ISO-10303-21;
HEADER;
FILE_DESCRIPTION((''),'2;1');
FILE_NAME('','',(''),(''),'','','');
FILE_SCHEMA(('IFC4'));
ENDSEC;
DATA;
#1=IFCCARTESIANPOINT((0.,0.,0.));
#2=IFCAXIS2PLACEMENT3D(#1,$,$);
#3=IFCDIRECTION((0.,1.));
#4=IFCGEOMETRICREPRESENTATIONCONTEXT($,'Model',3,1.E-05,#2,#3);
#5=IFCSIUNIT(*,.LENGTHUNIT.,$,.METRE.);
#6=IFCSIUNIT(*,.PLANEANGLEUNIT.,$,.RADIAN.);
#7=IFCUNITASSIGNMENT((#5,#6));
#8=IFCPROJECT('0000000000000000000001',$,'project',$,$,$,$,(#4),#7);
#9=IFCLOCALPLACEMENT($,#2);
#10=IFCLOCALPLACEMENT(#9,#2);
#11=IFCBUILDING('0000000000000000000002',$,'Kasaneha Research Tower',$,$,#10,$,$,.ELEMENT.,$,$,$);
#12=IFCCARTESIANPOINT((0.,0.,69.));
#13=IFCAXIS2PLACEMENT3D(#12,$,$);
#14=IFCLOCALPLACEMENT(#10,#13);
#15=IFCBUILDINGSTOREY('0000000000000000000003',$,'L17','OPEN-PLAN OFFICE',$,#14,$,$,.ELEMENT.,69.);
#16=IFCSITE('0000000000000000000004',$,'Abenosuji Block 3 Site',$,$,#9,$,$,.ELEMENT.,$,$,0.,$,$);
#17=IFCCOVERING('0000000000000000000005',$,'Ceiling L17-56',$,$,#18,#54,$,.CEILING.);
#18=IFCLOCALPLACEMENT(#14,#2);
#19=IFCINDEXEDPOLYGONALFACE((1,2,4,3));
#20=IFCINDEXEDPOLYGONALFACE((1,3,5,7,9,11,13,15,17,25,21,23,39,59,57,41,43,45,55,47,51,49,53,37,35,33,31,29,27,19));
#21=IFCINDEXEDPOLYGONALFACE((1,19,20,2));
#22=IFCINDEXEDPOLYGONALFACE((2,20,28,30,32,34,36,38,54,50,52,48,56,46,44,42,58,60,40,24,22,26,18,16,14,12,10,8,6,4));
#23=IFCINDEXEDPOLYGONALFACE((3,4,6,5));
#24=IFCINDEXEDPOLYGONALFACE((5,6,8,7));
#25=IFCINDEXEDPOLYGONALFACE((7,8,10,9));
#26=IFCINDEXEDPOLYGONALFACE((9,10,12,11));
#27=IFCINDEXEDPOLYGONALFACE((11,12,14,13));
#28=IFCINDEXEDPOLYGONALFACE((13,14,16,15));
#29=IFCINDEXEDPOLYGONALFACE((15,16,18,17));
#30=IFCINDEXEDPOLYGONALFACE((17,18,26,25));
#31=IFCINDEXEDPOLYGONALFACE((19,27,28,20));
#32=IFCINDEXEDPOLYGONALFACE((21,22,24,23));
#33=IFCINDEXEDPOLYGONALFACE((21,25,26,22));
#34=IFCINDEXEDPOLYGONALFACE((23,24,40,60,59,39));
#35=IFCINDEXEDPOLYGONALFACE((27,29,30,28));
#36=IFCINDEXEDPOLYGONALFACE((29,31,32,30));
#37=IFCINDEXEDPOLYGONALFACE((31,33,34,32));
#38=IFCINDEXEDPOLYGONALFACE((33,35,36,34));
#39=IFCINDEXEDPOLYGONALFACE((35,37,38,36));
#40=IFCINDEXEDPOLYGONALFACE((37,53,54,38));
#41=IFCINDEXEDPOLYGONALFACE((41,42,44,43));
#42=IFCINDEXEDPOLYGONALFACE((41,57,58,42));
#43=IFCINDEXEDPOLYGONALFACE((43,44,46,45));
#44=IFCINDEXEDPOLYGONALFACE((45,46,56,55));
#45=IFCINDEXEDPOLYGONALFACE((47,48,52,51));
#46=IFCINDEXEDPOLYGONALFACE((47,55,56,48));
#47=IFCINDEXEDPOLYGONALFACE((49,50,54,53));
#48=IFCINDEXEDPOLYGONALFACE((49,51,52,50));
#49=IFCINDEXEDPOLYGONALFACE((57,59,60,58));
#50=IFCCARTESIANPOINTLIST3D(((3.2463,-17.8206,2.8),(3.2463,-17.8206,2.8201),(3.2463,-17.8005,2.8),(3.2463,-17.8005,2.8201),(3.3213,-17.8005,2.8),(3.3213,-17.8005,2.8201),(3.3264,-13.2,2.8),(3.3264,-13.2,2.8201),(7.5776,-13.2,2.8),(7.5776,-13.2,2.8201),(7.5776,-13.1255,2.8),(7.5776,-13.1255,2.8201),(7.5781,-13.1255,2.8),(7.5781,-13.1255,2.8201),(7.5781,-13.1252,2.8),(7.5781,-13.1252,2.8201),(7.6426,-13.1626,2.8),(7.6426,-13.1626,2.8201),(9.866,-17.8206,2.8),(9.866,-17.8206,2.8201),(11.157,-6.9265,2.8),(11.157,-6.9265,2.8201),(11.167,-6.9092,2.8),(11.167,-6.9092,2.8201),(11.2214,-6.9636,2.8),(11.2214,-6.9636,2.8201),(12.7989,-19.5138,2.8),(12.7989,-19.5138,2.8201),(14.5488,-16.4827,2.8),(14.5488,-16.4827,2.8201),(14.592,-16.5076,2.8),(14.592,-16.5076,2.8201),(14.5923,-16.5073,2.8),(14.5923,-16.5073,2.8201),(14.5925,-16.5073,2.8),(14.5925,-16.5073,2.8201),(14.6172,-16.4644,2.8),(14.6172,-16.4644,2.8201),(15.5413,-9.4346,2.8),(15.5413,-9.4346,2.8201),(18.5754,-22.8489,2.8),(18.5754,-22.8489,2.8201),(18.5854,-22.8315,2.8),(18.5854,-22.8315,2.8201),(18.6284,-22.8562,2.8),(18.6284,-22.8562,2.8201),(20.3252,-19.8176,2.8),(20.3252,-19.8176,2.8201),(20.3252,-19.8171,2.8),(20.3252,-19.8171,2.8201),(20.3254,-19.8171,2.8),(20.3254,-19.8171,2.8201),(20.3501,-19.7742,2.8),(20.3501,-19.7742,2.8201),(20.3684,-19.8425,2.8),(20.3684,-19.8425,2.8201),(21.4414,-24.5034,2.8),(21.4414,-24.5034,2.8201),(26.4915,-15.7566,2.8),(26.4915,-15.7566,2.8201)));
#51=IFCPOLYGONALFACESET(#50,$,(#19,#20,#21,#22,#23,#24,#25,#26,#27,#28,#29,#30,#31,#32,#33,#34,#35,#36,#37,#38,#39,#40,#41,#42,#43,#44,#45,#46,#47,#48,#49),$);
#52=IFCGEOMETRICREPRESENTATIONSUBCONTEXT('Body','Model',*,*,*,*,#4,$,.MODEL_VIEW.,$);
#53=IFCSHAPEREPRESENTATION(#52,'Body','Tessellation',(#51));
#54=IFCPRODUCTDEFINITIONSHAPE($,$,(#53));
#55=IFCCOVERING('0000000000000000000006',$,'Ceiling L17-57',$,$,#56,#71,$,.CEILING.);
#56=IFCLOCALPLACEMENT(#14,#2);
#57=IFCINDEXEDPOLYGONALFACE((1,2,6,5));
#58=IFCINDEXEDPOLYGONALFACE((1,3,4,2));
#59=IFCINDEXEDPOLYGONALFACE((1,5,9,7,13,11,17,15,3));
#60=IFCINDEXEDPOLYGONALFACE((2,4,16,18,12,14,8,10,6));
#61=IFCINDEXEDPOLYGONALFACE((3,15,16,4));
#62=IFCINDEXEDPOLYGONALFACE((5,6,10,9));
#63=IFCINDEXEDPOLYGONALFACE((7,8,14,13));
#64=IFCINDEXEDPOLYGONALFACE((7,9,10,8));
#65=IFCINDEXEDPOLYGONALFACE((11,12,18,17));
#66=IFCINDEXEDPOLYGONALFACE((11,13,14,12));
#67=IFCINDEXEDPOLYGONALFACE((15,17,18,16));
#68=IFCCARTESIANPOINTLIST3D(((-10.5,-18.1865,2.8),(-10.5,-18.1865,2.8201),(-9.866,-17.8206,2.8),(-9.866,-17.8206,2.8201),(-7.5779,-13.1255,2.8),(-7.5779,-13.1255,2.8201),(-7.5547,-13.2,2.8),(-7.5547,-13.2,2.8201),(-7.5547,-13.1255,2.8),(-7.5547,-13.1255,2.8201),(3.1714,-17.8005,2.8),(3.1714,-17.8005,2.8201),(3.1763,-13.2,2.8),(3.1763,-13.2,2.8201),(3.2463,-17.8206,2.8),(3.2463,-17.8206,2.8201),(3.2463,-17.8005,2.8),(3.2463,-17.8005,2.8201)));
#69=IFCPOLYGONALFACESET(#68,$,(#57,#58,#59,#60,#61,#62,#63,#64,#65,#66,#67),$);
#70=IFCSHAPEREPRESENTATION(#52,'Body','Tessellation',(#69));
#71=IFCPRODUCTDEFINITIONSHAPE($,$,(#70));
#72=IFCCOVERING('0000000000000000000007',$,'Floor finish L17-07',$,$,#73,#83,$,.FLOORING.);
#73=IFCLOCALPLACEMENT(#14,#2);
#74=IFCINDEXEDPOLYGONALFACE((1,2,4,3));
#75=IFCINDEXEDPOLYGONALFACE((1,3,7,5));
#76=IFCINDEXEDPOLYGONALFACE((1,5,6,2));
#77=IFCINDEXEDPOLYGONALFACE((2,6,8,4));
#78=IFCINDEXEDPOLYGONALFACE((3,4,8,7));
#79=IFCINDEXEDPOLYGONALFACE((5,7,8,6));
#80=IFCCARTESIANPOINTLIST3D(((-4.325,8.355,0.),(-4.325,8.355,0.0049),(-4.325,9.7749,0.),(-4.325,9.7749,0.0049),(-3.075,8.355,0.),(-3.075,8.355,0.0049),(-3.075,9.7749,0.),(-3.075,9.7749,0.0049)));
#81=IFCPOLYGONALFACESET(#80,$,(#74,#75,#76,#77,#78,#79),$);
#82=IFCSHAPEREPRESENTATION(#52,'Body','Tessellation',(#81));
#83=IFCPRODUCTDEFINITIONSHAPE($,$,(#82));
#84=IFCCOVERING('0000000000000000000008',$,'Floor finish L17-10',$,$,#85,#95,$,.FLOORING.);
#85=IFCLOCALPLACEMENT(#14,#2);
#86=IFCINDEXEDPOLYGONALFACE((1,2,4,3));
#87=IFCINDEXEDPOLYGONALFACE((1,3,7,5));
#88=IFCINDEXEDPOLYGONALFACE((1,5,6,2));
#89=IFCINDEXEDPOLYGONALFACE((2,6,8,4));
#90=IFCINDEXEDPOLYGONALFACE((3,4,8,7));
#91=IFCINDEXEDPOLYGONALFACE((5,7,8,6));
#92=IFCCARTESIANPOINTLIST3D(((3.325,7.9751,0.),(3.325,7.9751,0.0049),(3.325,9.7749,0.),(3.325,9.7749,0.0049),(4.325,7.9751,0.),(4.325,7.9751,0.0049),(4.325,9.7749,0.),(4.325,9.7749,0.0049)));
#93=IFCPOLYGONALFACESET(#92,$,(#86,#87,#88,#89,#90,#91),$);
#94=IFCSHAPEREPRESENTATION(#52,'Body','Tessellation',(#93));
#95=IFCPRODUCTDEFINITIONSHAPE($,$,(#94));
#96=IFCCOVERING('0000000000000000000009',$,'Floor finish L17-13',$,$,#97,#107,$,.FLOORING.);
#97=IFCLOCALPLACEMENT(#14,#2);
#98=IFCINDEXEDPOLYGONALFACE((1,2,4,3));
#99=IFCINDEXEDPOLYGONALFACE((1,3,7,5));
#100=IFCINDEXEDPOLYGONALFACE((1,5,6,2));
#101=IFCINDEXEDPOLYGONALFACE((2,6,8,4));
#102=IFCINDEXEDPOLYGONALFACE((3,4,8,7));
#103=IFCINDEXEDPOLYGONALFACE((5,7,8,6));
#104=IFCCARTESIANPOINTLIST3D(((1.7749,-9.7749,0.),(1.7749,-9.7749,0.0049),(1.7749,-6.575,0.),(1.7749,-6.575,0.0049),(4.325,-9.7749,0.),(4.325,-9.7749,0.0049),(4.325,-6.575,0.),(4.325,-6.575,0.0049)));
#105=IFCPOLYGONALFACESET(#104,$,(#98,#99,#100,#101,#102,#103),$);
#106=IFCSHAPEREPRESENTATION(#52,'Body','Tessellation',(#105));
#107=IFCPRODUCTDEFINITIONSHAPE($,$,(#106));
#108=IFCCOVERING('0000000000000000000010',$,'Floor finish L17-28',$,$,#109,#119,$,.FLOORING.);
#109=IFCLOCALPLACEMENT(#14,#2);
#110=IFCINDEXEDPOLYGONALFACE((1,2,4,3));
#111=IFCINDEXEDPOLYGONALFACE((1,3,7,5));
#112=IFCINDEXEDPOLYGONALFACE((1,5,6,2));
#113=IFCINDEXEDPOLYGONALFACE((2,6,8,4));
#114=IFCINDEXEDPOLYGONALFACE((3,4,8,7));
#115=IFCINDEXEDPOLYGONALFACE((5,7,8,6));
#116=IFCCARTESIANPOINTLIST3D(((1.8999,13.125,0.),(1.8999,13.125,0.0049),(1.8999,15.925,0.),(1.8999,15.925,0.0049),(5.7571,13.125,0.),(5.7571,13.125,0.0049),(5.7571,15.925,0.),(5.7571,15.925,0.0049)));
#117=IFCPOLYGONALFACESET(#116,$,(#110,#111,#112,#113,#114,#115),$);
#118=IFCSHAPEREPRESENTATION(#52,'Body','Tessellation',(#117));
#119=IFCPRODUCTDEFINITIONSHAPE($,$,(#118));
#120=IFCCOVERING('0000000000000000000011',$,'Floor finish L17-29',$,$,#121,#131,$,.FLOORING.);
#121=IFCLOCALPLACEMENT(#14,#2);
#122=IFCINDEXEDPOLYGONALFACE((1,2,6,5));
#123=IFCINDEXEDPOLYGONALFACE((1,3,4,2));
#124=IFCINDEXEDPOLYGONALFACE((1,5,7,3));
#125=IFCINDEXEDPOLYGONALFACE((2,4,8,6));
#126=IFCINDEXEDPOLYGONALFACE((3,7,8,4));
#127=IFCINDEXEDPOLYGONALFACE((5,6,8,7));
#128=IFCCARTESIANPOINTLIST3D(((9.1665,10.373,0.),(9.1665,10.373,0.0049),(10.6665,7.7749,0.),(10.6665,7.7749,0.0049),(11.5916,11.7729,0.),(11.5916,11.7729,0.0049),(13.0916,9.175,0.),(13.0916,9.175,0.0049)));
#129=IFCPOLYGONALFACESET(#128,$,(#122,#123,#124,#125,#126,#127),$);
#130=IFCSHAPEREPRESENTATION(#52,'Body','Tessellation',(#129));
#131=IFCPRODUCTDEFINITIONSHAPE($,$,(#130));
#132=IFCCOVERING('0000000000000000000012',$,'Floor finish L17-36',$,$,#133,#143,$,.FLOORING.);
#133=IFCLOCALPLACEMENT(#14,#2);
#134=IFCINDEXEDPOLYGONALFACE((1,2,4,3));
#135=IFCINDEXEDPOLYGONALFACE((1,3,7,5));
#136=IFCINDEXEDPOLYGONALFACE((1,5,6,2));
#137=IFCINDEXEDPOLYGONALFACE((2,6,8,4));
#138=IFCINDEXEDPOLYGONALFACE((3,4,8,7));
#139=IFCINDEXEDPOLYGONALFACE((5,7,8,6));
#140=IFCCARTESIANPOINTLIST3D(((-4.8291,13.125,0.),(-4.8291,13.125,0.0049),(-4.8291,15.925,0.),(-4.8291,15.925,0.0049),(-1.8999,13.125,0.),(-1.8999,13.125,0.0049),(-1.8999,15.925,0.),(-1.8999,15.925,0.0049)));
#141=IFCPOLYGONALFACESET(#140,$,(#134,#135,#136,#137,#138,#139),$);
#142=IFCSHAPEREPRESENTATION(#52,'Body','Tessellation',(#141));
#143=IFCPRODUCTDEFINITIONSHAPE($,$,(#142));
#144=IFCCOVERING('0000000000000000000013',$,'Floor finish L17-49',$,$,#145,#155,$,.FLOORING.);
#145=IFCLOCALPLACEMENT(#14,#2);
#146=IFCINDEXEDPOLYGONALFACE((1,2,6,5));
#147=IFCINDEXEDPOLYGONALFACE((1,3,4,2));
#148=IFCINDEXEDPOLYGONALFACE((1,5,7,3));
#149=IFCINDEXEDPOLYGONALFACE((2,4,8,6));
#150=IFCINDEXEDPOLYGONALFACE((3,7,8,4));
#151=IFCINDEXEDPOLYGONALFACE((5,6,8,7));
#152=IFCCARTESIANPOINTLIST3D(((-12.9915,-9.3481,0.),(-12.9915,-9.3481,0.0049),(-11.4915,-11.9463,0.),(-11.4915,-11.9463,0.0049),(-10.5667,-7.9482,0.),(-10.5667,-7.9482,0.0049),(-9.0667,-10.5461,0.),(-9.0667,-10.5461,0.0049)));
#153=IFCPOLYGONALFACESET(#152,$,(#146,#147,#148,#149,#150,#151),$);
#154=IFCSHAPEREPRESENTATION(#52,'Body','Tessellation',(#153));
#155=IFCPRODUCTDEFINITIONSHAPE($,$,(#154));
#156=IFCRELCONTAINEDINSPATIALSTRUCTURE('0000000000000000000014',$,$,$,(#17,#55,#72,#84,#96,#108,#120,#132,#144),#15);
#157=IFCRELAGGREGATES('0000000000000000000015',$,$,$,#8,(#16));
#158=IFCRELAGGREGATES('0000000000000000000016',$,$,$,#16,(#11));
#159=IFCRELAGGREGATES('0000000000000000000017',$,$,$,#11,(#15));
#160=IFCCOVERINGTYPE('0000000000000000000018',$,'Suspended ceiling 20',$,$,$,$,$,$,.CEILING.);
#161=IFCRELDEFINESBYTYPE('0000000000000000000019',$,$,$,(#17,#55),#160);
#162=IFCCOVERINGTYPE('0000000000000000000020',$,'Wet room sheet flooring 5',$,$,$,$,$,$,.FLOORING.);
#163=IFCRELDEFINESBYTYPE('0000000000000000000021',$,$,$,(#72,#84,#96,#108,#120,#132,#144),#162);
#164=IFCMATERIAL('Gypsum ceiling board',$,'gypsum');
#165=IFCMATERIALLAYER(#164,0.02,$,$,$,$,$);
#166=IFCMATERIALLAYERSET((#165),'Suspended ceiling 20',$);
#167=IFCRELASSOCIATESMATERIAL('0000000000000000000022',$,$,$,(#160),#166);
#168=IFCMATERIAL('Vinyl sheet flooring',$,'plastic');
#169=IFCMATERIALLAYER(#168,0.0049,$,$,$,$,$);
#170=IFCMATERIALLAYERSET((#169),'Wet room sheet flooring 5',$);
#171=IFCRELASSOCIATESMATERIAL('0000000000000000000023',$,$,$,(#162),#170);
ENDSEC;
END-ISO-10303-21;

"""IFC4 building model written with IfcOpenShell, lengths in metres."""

from ifc_helpers import new_model, si_unit, direction, frame, origin, place, context, subcontext, project, spatial, polyline, outline, extrude, material, layer, layer_set, type_object, element, save


model = new_model("IFC4")

# Units and contexts
model_context = context("Model", 3, precision=1e-05, world=origin(), true_north=direction((0.0, 1.0)))
body_context = subcontext(model_context, "Body", "Model", "MODEL_VIEW")
ifc_project = project(units=[si_unit("LENGTHUNIT", "METRE"), si_unit("PLANEANGLEUNIT", "RADIAN")], contexts=[model_context])

# Site, building, storey
site_placement = place(None, origin())
site = spatial("IfcSite", under=ifc_project, at=site_placement, Name="Abenosuji Block 3 Site", CompositionType="ELEMENT", RefElevation=0.0)
building_placement = place(site_placement, origin())
building = spatial("IfcBuilding", under=site, at=building_placement, Name="Kasaneha Research Tower", CompositionType="ELEMENT")
storey_placement = place(building_placement, frame((0.0, 0.0, 69.0)))
storey = spatial("IfcBuildingStorey", under=building, at=storey_placement, Name="L17", Description="OPEN-PLAN OFFICE", CompositionType="ELEMENT", Elevation=69.0)

# Coverings
ifc_material_1 = material(Name="Gypsum ceiling board", Category="gypsum")
ifc_layer_1 = layer(ifc_material_1, 0.02)
ifc_layer_set_1 = layer_set([ifc_layer_1], Name="Suspended ceiling 20")
covering_type_1 = type_object("IfcCoveringType", Name="Suspended ceiling 20", PredefinedType="CEILING", material=ifc_layer_set_1)
covering_1_placement = place(storey_placement, frame((0.0, 0.0, 2.8)))
element("IfcCovering", 1, at=covering_1_placement, inside=storey, type_object=covering_type_1, Name="Ceiling L17-56", PredefinedType="CEILING", context=body_context, shape_type="SweptSolid", body=[
    extrude(outline(polyline([(7.5781, -13.1252), (7.6426, -13.1626), (11.2214, -6.9636), (11.157, -6.9265), (11.167, -6.9092), (15.5413, -9.4346), (26.4915, -15.7566), (21.4414, -24.5034), (18.5754, -22.8489), (18.5854, -22.8315), (18.6284, -22.8562), (20.3684, -19.8425), (20.3252, -19.8176), (20.3254, -19.8171), (20.3252, -19.8171), (20.3501, -19.7742), (14.6172, -16.4644), (14.5925, -16.5073), (14.5923, -16.5073), (14.592, -16.5076), (14.5488, -16.4827), (12.7988, -19.5139), (12.8418, -19.5386), (12.8418, -19.5386), (9.866, -17.8206), (3.2463, -17.8206), (3.2463, -17.8005), (3.3213, -17.8005), (3.3264, -13.2), (7.5776, -13.2), (7.5776, -13.1255), (7.5781, -13.1255), (7.5781, -13.1252)])), origin(), (0.0, 0.0, 1.0), 0.02),
])
covering_2_placement = place(storey_placement, frame((0.0, 0.0, 2.8)))
element("IfcCovering", 2, at=covering_2_placement, inside=storey, type_object=covering_type_1, Name="Ceiling L17-57", PredefinedType="CEILING", context=body_context, shape_type="SweptSolid", body=[
    extrude(outline(polyline([(-7.5779, -13.1255), (-7.5547, -13.1255), (-7.5547, -13.2), (3.1763, -13.2), (3.1714, -17.8005), (3.2463, -17.8005), (3.2463, -17.8206), (-9.866, -17.8206), (-10.5, -18.1865), (-7.5779, -13.1255)])), origin(), (0.0, 0.0, 1.0), 0.02),
])
ifc_material_2 = material(Name="Vinyl sheet flooring", Category="plastic")
ifc_layer_2 = layer(ifc_material_2, 0.0049)
ifc_layer_set_2 = layer_set([ifc_layer_2], Name="Wet room sheet flooring 5")
covering_type_2 = type_object("IfcCoveringType", Name="Wet room sheet flooring 5", PredefinedType="FLOORING", material=ifc_layer_set_2)
covering_3_placement = place(storey_placement, origin())
element("IfcCovering", 3, at=covering_3_placement, inside=storey, type_object=covering_type_2, Name="Floor finish L17-07", PredefinedType="FLOORING", context=body_context, shape_type="SweptSolid", body=[
    extrude(outline(polyline([(-4.325, 8.355), (-4.325, 9.7749), (-3.075, 9.7749), (-3.075, 8.355), (-4.325, 8.355)])), origin(), (0.0, 0.0, 1.0), 0.0049),
])
covering_4_placement = place(storey_placement, origin())
element("IfcCovering", 4, at=covering_4_placement, inside=storey, type_object=covering_type_2, Name="Floor finish L17-10", PredefinedType="FLOORING", context=body_context, shape_type="SweptSolid", body=[
    extrude(outline(polyline([(4.325, 7.9751), (3.325, 7.9751), (3.325, 9.7749), (4.325, 9.7749), (4.325, 7.9751)])), origin(), (0.0, 0.0, 1.0), 0.0049),
])
covering_5_placement = place(storey_placement, origin())
element("IfcCovering", 5, at=covering_5_placement, inside=storey, type_object=covering_type_2, Name="Floor finish L17-13", PredefinedType="FLOORING", context=body_context, shape_type="SweptSolid", body=[
    extrude(outline(polyline([(1.7749, -9.7749), (1.7749, -6.575), (4.325, -6.575), (4.325, -9.7749), (1.7749, -9.7749)])), origin(), (0.0, 0.0, 1.0), 0.0049),
])
covering_6_placement = place(storey_placement, origin())
element("IfcCovering", 6, at=covering_6_placement, inside=storey, type_object=covering_type_2, Name="Floor finish L17-28", PredefinedType="FLOORING", context=body_context, shape_type="SweptSolid", body=[
    extrude(outline(polyline([(1.8999, 15.925), (5.7571, 15.925), (5.7571, 13.125), (1.8999, 13.125), (1.8999, 15.925)])), origin(), (0.0, 0.0, 1.0), 0.0049),
])
covering_7_placement = place(storey_placement, origin())
element("IfcCovering", 7, at=covering_7_placement, inside=storey, type_object=covering_type_2, Name="Floor finish L17-29", PredefinedType="FLOORING", context=body_context, shape_type="SweptSolid", body=[
    extrude(outline(polyline([(11.5916, 11.7729), (13.0916, 9.175), (10.6665, 7.7749), (9.1665, 10.373), (11.5916, 11.7729)])), origin(), (0.0, 0.0, 1.0), 0.0049),
])
covering_8_placement = place(storey_placement, origin())
element("IfcCovering", 8, at=covering_8_placement, inside=storey, type_object=covering_type_2, Name="Floor finish L17-36", PredefinedType="FLOORING", context=body_context, shape_type="SweptSolid", body=[
    extrude(outline(polyline([(-4.8291, 15.925), (-1.8999, 15.925), (-1.8999, 13.125), (-4.8291, 13.125), (-4.8291, 15.925)])), origin(), (0.0, 0.0, 1.0), 0.0049),
])
covering_9_placement = place(storey_placement, origin())
element("IfcCovering", 9, at=covering_9_placement, inside=storey, type_object=covering_type_2, Name="Floor finish L17-49", PredefinedType="FLOORING", context=body_context, shape_type="SweptSolid", body=[
    extrude(outline(polyline([(-11.4915, -11.9463), (-12.9915, -9.3481), (-10.5667, -7.9482), (-9.0667, -10.5461), (-11.4915, -11.9463)])), origin(), (0.0, 0.0, 1.0), 0.0049),
])

save(model, "model.ifc")
